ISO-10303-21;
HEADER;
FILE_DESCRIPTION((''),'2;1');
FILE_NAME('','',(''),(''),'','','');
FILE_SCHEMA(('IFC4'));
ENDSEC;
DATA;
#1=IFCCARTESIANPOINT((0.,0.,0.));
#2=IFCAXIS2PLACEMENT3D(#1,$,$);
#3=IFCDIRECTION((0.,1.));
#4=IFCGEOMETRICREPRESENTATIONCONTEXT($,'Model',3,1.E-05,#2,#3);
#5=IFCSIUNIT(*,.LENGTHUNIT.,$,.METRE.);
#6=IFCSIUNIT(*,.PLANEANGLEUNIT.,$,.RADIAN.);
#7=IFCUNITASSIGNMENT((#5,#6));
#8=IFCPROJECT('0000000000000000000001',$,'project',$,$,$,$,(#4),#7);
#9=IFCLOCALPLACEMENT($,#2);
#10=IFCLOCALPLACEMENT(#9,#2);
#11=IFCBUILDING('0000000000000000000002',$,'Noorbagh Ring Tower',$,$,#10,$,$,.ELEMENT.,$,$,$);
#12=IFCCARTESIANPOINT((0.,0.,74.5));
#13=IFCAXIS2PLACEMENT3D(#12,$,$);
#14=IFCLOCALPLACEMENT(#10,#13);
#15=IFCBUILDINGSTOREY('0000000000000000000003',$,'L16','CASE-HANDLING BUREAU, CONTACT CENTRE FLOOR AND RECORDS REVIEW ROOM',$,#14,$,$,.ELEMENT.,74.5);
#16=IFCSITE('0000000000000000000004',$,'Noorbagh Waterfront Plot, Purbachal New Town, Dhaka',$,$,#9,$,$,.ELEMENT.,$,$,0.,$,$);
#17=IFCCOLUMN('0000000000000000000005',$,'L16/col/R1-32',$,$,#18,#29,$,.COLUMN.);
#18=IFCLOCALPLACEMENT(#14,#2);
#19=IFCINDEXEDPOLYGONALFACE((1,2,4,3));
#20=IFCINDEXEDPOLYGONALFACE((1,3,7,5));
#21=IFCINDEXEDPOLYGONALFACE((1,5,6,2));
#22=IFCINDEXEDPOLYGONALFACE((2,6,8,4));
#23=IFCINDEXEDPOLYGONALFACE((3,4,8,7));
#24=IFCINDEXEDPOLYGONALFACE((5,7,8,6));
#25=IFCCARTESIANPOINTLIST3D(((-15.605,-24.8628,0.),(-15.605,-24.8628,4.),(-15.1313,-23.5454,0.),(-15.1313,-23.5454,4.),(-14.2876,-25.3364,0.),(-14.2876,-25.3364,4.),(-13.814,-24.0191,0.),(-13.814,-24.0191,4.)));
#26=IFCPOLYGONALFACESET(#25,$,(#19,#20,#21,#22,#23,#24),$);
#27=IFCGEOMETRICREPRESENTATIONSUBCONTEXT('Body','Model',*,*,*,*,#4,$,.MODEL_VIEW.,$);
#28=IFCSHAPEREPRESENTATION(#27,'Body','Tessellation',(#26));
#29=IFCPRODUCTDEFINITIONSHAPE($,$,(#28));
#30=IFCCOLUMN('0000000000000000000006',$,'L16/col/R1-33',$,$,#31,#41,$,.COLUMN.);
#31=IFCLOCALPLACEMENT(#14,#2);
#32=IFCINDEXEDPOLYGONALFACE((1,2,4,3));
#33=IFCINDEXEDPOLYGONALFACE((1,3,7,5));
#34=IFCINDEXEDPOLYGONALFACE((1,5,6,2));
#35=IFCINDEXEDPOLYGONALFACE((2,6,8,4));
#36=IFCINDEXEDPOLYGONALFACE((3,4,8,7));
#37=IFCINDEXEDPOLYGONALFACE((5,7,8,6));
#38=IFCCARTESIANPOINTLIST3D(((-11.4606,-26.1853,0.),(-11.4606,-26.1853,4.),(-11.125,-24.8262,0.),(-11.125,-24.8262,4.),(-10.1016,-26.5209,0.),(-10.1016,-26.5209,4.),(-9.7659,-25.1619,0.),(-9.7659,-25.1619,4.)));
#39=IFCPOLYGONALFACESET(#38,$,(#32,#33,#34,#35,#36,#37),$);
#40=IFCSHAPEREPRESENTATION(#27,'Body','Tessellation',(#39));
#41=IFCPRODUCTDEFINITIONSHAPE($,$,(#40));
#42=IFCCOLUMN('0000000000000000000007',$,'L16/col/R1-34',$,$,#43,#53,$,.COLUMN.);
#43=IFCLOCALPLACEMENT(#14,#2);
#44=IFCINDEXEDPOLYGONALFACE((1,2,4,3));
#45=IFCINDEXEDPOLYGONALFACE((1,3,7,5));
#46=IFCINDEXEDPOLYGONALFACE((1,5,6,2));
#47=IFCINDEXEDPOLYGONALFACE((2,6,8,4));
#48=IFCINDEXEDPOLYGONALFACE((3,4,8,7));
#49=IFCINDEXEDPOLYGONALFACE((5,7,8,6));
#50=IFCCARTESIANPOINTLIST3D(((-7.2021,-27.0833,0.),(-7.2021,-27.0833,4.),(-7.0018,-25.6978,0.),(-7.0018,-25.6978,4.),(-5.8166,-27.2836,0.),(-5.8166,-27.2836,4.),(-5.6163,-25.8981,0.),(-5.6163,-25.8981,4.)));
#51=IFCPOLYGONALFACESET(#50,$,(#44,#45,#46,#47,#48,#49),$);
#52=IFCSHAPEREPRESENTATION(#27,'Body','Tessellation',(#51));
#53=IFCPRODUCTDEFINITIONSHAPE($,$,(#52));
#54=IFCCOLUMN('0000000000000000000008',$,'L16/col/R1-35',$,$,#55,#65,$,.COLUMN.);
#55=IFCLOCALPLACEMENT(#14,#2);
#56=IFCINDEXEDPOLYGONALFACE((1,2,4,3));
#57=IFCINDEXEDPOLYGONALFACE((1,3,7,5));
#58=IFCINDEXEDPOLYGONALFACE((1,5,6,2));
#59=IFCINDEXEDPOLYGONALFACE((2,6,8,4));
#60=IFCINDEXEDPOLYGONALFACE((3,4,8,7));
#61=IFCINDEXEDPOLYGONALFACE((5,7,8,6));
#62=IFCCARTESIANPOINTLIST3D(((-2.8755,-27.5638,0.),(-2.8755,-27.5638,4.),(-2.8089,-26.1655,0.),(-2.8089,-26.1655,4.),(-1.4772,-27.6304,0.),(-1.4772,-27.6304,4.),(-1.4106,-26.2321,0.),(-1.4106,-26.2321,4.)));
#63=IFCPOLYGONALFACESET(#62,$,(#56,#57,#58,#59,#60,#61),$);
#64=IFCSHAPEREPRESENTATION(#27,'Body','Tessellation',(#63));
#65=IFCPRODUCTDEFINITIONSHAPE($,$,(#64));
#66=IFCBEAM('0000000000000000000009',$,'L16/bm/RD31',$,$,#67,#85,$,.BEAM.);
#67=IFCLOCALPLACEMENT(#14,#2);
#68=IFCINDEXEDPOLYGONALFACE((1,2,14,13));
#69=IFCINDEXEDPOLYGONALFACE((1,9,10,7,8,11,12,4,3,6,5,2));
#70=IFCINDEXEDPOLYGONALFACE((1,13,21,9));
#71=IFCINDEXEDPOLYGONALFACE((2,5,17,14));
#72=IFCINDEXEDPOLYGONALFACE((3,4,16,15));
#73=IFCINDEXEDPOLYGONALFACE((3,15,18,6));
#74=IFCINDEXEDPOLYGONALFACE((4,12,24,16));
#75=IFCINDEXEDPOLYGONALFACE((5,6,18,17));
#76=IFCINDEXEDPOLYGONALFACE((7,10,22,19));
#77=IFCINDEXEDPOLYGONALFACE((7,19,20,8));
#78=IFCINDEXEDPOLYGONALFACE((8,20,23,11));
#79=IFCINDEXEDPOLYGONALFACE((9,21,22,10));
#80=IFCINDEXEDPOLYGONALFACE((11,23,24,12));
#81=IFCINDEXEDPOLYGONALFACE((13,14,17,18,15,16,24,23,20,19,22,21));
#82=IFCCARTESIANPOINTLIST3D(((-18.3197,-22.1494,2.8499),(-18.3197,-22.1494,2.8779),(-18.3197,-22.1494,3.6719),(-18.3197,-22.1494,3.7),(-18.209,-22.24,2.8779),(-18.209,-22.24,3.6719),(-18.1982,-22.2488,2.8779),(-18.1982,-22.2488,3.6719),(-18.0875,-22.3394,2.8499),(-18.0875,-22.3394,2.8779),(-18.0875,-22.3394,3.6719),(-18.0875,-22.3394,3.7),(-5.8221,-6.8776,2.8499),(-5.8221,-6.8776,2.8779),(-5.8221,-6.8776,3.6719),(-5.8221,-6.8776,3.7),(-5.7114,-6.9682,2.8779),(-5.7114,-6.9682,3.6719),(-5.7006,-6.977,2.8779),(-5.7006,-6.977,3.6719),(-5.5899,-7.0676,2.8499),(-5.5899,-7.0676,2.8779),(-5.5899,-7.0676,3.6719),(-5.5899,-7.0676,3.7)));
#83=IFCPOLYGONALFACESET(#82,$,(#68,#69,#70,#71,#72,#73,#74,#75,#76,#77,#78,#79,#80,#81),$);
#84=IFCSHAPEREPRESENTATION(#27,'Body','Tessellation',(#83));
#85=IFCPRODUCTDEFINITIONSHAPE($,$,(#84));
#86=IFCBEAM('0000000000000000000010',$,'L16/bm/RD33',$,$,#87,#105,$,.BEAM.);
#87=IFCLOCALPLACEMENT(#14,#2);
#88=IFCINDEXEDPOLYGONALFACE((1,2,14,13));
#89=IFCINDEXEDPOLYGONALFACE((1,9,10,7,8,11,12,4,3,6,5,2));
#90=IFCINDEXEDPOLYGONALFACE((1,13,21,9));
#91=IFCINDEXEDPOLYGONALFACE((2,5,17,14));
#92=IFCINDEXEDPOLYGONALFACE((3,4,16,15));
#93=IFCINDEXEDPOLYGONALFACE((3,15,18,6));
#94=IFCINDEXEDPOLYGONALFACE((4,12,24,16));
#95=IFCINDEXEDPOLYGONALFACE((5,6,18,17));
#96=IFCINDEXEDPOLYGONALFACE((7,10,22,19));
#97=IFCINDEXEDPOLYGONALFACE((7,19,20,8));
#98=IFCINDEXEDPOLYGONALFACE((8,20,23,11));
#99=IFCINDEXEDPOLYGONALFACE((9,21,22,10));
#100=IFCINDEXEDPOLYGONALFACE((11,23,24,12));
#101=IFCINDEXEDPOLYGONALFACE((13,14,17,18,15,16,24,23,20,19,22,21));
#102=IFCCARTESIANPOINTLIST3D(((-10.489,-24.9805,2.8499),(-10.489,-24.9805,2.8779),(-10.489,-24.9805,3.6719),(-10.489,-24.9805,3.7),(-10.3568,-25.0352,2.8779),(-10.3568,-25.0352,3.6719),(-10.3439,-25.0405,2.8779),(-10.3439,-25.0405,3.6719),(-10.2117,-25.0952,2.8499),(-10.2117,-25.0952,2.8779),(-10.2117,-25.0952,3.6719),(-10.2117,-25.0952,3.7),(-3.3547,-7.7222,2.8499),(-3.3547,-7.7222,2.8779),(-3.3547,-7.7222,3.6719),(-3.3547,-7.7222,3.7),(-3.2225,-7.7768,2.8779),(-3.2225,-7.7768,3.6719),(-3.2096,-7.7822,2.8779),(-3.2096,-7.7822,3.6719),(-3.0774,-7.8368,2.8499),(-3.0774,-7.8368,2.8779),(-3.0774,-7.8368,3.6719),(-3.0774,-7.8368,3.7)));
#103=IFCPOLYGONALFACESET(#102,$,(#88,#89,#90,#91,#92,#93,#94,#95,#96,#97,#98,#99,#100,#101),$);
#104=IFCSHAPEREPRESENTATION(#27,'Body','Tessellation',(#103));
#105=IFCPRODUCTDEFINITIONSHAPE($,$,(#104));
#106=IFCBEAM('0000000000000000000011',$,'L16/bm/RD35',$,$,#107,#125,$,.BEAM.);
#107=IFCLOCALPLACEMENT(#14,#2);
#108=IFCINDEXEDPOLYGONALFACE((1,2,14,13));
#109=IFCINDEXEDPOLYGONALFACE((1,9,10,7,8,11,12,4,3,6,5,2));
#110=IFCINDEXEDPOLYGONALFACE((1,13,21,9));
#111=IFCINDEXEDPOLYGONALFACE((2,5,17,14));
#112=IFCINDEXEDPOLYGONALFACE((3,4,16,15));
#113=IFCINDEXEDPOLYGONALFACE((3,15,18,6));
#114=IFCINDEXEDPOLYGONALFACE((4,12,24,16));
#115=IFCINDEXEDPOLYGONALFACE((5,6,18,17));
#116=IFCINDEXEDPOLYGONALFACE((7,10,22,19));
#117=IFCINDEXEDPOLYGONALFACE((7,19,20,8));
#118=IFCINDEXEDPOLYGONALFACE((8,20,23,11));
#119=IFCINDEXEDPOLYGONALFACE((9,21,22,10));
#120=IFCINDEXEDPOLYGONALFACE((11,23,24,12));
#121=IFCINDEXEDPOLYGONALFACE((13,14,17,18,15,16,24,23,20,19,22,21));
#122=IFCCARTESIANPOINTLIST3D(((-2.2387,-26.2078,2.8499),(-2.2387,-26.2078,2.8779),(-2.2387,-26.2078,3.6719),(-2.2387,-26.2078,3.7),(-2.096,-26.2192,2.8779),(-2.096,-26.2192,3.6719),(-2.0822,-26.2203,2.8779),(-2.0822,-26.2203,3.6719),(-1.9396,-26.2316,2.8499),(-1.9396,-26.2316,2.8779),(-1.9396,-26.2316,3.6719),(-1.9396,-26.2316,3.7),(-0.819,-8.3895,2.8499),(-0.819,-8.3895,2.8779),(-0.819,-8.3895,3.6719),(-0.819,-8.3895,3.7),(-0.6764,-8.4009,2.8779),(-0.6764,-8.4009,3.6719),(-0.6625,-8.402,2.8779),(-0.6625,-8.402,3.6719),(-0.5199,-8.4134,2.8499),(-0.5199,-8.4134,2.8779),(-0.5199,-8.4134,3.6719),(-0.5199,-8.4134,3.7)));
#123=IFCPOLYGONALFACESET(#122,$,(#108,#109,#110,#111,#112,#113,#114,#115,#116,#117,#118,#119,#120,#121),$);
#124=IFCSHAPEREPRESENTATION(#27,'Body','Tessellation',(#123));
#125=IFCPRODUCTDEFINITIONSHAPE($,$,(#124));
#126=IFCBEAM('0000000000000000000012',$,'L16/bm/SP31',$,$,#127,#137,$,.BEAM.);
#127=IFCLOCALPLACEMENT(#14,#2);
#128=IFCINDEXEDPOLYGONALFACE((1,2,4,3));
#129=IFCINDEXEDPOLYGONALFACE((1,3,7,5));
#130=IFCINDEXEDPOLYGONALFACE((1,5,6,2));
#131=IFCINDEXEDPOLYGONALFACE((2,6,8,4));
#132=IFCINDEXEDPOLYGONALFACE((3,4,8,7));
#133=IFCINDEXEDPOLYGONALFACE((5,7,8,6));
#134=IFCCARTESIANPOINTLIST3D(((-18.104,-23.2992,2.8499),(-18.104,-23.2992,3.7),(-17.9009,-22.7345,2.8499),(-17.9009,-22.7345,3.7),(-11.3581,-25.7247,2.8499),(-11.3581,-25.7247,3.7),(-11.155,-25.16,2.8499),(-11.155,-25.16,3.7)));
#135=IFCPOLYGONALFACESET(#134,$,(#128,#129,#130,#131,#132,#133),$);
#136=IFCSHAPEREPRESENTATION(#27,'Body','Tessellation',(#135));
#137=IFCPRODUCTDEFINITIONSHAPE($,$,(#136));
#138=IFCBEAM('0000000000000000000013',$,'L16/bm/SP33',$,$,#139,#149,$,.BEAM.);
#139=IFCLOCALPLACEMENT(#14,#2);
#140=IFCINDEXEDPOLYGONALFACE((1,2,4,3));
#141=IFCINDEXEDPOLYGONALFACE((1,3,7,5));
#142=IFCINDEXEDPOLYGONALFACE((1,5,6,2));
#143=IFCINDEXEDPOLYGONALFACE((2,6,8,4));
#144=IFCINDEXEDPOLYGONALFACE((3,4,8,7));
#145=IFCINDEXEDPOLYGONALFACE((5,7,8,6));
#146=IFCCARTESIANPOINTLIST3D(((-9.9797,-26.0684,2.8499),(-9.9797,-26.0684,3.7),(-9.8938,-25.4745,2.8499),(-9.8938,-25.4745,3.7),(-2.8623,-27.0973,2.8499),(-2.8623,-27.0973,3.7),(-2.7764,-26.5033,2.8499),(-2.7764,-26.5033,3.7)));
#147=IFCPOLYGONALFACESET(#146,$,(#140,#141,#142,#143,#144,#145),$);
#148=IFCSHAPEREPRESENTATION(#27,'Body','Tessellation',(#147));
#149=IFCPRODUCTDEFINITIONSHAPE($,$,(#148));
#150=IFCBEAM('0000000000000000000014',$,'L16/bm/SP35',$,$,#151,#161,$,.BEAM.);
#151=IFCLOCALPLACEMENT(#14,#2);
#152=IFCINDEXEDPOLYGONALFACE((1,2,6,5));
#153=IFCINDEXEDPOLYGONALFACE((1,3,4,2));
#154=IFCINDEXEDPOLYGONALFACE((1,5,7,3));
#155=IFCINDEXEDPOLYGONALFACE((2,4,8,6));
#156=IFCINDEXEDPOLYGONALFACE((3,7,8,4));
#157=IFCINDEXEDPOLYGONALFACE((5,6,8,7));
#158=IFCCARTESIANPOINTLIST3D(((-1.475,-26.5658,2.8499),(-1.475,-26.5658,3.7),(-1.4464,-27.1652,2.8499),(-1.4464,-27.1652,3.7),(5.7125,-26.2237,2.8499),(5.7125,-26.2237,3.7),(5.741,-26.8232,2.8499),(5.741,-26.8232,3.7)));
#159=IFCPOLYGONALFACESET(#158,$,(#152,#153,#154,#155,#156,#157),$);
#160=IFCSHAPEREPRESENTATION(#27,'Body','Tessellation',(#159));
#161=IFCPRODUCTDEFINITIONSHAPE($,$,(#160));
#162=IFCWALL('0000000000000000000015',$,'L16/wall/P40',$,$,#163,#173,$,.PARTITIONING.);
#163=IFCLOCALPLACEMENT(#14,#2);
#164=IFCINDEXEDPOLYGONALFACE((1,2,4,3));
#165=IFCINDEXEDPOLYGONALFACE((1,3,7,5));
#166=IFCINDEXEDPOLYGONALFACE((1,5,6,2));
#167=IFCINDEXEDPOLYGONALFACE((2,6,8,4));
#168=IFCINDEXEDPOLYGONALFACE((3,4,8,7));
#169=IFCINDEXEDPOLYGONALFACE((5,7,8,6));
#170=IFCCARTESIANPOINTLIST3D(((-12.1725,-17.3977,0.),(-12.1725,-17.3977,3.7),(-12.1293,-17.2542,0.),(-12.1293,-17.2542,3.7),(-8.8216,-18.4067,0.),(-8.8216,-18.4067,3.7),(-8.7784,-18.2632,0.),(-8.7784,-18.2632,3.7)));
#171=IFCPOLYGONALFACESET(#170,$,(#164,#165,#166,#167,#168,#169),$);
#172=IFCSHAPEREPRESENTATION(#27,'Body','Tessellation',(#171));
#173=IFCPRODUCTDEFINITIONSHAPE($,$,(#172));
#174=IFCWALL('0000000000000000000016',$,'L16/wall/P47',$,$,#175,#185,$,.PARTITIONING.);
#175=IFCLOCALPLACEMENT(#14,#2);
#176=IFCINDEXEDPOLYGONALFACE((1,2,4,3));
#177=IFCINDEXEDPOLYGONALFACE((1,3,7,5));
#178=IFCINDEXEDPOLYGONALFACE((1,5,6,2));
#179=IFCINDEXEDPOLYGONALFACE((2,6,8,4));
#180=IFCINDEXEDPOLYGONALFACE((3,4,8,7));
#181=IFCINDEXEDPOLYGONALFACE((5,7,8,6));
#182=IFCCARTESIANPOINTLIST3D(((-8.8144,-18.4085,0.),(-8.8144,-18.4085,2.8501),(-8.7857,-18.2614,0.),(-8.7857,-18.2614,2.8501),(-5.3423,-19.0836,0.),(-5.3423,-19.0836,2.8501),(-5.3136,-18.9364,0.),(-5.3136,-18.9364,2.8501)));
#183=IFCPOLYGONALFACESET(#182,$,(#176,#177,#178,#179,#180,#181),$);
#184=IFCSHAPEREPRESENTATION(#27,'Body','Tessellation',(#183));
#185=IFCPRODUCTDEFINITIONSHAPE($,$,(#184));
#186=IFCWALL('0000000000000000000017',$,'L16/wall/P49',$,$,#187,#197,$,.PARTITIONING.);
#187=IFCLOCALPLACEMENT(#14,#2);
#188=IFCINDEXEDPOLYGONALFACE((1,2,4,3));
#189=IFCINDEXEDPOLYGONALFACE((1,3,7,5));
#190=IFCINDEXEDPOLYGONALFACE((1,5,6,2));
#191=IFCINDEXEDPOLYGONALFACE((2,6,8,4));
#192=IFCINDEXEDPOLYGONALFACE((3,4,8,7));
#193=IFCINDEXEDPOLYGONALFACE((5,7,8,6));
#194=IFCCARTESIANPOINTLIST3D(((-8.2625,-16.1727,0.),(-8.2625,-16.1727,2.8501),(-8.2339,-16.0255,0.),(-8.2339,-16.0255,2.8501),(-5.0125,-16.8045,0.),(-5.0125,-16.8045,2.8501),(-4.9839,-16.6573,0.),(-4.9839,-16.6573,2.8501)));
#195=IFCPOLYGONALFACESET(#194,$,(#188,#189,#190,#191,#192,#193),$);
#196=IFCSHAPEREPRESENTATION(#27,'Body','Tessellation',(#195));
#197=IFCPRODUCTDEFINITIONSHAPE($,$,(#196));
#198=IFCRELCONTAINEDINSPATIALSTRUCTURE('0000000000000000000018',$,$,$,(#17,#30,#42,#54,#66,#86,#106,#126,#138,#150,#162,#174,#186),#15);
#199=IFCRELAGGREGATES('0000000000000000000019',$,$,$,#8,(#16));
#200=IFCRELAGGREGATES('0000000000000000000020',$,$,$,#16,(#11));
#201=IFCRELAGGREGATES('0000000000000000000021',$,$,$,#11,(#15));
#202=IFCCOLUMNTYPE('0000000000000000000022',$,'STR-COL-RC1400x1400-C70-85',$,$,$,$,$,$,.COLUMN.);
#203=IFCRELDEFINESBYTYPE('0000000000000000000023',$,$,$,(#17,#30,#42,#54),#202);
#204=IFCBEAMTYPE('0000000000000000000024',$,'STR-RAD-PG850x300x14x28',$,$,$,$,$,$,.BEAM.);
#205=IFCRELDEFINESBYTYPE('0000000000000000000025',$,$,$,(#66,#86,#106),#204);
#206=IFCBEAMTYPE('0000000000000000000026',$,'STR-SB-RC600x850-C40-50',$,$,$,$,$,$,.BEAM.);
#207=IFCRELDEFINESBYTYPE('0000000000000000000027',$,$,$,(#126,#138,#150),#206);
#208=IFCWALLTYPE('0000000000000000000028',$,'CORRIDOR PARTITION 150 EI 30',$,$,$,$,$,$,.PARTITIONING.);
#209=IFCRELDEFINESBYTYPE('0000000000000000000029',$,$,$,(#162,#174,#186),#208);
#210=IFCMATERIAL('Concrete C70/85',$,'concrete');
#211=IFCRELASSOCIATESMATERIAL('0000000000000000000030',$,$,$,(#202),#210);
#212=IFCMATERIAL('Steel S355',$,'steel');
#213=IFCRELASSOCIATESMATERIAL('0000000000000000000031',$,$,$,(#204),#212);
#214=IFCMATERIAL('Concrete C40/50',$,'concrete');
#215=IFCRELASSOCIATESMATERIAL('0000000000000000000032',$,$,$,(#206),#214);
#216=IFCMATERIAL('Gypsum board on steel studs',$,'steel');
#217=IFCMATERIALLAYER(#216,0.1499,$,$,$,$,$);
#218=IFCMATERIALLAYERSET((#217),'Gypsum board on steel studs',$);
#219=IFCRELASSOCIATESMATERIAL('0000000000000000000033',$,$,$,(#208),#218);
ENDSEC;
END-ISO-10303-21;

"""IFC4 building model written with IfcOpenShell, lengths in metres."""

from ifc_helpers import new_model, si_unit, direction, frame, frame_2d, origin, origin_2d, place, context, subcontext, project, spatial, rectangle, i_section, extrude, material, layer, layer_set, material_profile, profile_set, type_object, element, save


model = new_model("IFC4")

# Units and contexts
model_context = context("Model", 3, precision=1e-05, world=origin(), true_north=direction((0.0, 1.0)))
body_context = subcontext(model_context, "Body", "Model", "MODEL_VIEW")
ifc_project = project(units=[si_unit("LENGTHUNIT", "METRE"), si_unit("PLANEANGLEUNIT", "RADIAN")], contexts=[model_context])

# Site, building, storey
site_placement = place(None, origin())
site = spatial("IfcSite", under=ifc_project, at=site_placement, Name="Noorbagh Waterfront Plot, Purbachal New Town, Dhaka", CompositionType="ELEMENT", RefElevation=0.0)
building_placement = place(site_placement, origin())
building = spatial("IfcBuilding", under=site, at=building_placement, Name="Noorbagh Ring Tower", CompositionType="ELEMENT")
storey_placement = place(building_placement, frame((0.0, 0.0, 74.5)))
storey = spatial("IfcBuildingStorey", under=building, at=storey_placement, Name="L16", Description="CASE-HANDLING BUREAU, CONTACT CENTRE FLOOR AND RECORDS REVIEW ROOM", CompositionType="ELEMENT", Elevation=74.5)

# Columns
ifc_material_1 = material(Name="Concrete C70/85", Category="concrete")
ifc_material_profile_1 = material_profile(ifc_material_1, rectangle(XDim=1.3999, YDim=1.3999, at=origin_2d()), Name="RC1400x1400")
ifc_profile_set_1 = profile_set([ifc_material_profile_1], Name="Concrete C70/85")
column_type = type_object("IfcColumnType", Name="STR-COL-RC1400x1400-C70-85", PredefinedType="COLUMN", material=ifc_profile_set_1)
for number, where, z_axis, x_axis, name in (
    (1, (-14.7095, -24.4409, 0.0), (0.0, 0.0, 1.0), (0.941025, -0.338338, 0.0), "L16/col/R1-32"),
    (2, (-10.6133, -25.6736, 0.0), (0.0, 0.0, 1.0), (0.970829, -0.239771, 0.0), "L16/col/R1-33"),
    (3, (-6.4092, -26.4907, 0.0), (0.0, 0.0, 1.0), (0.989713, -0.143066, 0.0), "L16/col/R1-34"),
    (4, (-2.1431, -26.8979, 0.0), (0.0, 0.0, 1.0), (0.998869, -0.047553, 0.0), "L16/col/R1-35"),
):
    element("IfcColumn", number, at=place(storey_placement, frame(where, z_axis=z_axis, x_axis=x_axis)), inside=storey, type_object=column_type, Name=name, PredefinedType="COLUMN", context=body_context, shape_type="SweptSolid", body=[
        extrude(rectangle(XDim=1.3999, YDim=1.3999, at=origin_2d()), origin(), (0.0, 0.0, 1.0), 4.0),
    ])

# Beams
ifc_material_2 = material(Name="Steel S355", Category="steel")
ifc_material_profile_2 = material_profile(ifc_material_2, i_section(OverallWidth=0.3, OverallDepth=0.8501, WebThickness=0.0139, FlangeThickness=0.0281, at=origin_2d()), Name="PG850x300x14x28")
ifc_profile_set_2 = profile_set([ifc_material_profile_2], Name="Steel S355")
beam_type_1 = type_object("IfcBeamType", Name="STR-RAD-PG850x300x14x28", PredefinedType="BEAM", material=ifc_profile_set_2)
beam_1_placement = place(storey_placement, frame((-18.2036, -22.2444, 3.2749), z_axis=(0.633314, 0.773895, 0.0), x_axis=(-0.773895, 0.633314, 0.0)))
element("IfcBeam", 5, at=beam_1_placement, inside=storey, type_object=beam_type_1, Name="L16/bm/RD31", PredefinedType="BEAM", context=body_context, shape_type="SweptSolid", body=[
    extrude(i_section(OverallWidth=0.3, OverallDepth=0.8501, WebThickness=0.0139, FlangeThickness=0.0281, at=origin_2d()), origin(), (0.0, 0.0, 1.0), 19.7336),
])
beam_2_placement = place(storey_placement, frame((-10.3503, -25.0378, 3.2749), z_axis=(0.382028, 0.924151, 0.0), x_axis=(-0.924151, 0.382028, 0.0)))
element("IfcBeam", 6, at=beam_2_placement, inside=storey, type_object=beam_type_1, Name="L16/bm/RD33", PredefinedType="BEAM", context=body_context, shape_type="SweptSolid", body=[
    extrude(i_section(OverallWidth=0.3, OverallDepth=0.8501, WebThickness=0.0139, FlangeThickness=0.0281, at=origin_2d()), origin(), (0.0, 0.0, 1.0), 18.6748),
])
beam_3_placement = place(storey_placement, frame((-2.0891, -26.2197, 3.2749), z_axis=(0.079423, 0.996841, 0.0), x_axis=(-0.996841, 0.079423, 0.0)))
element("IfcBeam", 7, at=beam_3_placement, inside=storey, type_object=beam_type_1, Name="L16/bm/RD35", PredefinedType="BEAM", context=body_context, shape_type="SweptSolid", body=[
    extrude(i_section(OverallWidth=0.3, OverallDepth=0.8501, WebThickness=0.0139, FlangeThickness=0.0281, at=origin_2d()), origin(), (0.0, 0.0, 1.0), 17.8748),
])
ifc_material_3 = material(Name="Concrete C40/50", Category="concrete")
ifc_material_profile_3 = material_profile(ifc_material_3, rectangle(XDim=0.6001, YDim=0.8501, at=origin_2d()), Name="RC600x850")
ifc_profile_set_3 = profile_set([ifc_material_profile_3], Name="Concrete C40/50")
beam_type_2 = type_object("IfcBeamType", Name="STR-SB-RC600x850-C40-50", PredefinedType="BEAM", material=ifc_profile_set_3)
beam_4_placement = place(storey_placement, frame((-18.0024, -23.0168, 3.2749), z_axis=(0.941019, -0.338353, 0.0), x_axis=(0.338353, 0.941019, 0.0)))
element("IfcBeam", 8, at=beam_4_placement, inside=storey, type_object=beam_type_2, Name="L16/bm/SP31", PredefinedType="BEAM", context=body_context, shape_type="SweptSolid", body=[
    extrude(rectangle(XDim=0.6001, YDim=0.8501, at=origin_2d()), origin(), (0.0, 0.0, 1.0), 7.1687),
])
beam_5_placement = place(storey_placement, frame((-9.9368, -25.7715, 3.2749), z_axis=(0.989714, -0.143061, 0.0), x_axis=(0.143061, 0.989714, 0.0)))
element("IfcBeam", 9, at=beam_5_placement, inside=storey, type_object=beam_type_2, Name="L16/bm/SP33", PredefinedType="BEAM", context=body_context, shape_type="SweptSolid", body=[
    extrude(rectangle(XDim=0.6001, YDim=0.8501, at=origin_2d()), origin(), (0.0, 0.0, 1.0), 7.1914),
])
beam_6_placement = place(storey_placement, frame((-1.4607, -26.8655, 3.2749), z_axis=(0.99887, 0.047535, 0.0), x_axis=(-0.047535, 0.99887, 0.0)))
element("IfcBeam", 10, at=beam_6_placement, inside=storey, type_object=beam_type_2, Name="L16/bm/SP35", PredefinedType="BEAM", context=body_context, shape_type="SweptSolid", body=[
    extrude(rectangle(XDim=0.6001, YDim=0.8501, at=origin_2d()), origin(), (0.0, 0.0, 1.0), 7.1956),
])

# Walls
ifc_material_4 = material(Name="Gypsum board on steel studs", Category="steel")
ifc_layer_1 = layer(ifc_material_4, 0.1499)
ifc_layer_set_1 = layer_set([ifc_layer_1], Name="Gypsum board on steel studs")
wall_type_1 = type_object("IfcWallType", Name="CORRIDOR PARTITION 150 EI 30", PredefinedType="PARTITIONING", material=ifc_layer_set_1)
wall_1_placement = place(storey_placement, frame((-12.1509, -17.3259, 0.0), z_axis=(0.0, 0.0, 1.0), x_axis=(0.957528, -0.28834, 0.0)))
element("IfcWall", 11, at=wall_1_placement, inside=storey, type_object=wall_type_1, Name="L16/wall/P40", PredefinedType="PARTITIONING", context=body_context, shape_type="SweptSolid", body=[
    extrude(rectangle(XDim=3.4995, YDim=0.1499, at=frame_2d((1.7498, 0.0))), origin(), (0.0, 0.0, 1.0), 3.7),
])
wall_2_placement = place(storey_placement, frame((-8.8, -18.335, 0.0), z_axis=(0.0, 0.0, 1.0), x_axis=(0.98162, -0.190844, 0.0)))
element("IfcWall", 12, at=wall_2_placement, inside=storey, type_object=wall_type_1, Name="L16/wall/P47", PredefinedType="PARTITIONING", context=body_context, shape_type="SweptSolid", body=[
    extrude(rectangle(XDim=3.5371, YDim=0.1499, at=frame_2d((1.7686, 0.0))), origin(), (0.0, 0.0, 1.0), 2.8501),
])
wall_3_placement = place(storey_placement, frame((-8.248, -16.0991, 0.0), z_axis=(0.0, 0.0, 1.0), x_axis=(0.981622, -0.190838, 0.0)))
element("IfcWall", 13, at=wall_3_placement, inside=storey, type_object=wall_type_1, Name="L16/wall/P49", PredefinedType="PARTITIONING", context=body_context, shape_type="SweptSolid", body=[
    extrude(rectangle(XDim=3.3108, YDim=0.1499, at=frame_2d((1.6553, 0.0))), origin(), (0.0, 0.0, 1.0), 2.8501),
])

save(model, "model.ifc")
